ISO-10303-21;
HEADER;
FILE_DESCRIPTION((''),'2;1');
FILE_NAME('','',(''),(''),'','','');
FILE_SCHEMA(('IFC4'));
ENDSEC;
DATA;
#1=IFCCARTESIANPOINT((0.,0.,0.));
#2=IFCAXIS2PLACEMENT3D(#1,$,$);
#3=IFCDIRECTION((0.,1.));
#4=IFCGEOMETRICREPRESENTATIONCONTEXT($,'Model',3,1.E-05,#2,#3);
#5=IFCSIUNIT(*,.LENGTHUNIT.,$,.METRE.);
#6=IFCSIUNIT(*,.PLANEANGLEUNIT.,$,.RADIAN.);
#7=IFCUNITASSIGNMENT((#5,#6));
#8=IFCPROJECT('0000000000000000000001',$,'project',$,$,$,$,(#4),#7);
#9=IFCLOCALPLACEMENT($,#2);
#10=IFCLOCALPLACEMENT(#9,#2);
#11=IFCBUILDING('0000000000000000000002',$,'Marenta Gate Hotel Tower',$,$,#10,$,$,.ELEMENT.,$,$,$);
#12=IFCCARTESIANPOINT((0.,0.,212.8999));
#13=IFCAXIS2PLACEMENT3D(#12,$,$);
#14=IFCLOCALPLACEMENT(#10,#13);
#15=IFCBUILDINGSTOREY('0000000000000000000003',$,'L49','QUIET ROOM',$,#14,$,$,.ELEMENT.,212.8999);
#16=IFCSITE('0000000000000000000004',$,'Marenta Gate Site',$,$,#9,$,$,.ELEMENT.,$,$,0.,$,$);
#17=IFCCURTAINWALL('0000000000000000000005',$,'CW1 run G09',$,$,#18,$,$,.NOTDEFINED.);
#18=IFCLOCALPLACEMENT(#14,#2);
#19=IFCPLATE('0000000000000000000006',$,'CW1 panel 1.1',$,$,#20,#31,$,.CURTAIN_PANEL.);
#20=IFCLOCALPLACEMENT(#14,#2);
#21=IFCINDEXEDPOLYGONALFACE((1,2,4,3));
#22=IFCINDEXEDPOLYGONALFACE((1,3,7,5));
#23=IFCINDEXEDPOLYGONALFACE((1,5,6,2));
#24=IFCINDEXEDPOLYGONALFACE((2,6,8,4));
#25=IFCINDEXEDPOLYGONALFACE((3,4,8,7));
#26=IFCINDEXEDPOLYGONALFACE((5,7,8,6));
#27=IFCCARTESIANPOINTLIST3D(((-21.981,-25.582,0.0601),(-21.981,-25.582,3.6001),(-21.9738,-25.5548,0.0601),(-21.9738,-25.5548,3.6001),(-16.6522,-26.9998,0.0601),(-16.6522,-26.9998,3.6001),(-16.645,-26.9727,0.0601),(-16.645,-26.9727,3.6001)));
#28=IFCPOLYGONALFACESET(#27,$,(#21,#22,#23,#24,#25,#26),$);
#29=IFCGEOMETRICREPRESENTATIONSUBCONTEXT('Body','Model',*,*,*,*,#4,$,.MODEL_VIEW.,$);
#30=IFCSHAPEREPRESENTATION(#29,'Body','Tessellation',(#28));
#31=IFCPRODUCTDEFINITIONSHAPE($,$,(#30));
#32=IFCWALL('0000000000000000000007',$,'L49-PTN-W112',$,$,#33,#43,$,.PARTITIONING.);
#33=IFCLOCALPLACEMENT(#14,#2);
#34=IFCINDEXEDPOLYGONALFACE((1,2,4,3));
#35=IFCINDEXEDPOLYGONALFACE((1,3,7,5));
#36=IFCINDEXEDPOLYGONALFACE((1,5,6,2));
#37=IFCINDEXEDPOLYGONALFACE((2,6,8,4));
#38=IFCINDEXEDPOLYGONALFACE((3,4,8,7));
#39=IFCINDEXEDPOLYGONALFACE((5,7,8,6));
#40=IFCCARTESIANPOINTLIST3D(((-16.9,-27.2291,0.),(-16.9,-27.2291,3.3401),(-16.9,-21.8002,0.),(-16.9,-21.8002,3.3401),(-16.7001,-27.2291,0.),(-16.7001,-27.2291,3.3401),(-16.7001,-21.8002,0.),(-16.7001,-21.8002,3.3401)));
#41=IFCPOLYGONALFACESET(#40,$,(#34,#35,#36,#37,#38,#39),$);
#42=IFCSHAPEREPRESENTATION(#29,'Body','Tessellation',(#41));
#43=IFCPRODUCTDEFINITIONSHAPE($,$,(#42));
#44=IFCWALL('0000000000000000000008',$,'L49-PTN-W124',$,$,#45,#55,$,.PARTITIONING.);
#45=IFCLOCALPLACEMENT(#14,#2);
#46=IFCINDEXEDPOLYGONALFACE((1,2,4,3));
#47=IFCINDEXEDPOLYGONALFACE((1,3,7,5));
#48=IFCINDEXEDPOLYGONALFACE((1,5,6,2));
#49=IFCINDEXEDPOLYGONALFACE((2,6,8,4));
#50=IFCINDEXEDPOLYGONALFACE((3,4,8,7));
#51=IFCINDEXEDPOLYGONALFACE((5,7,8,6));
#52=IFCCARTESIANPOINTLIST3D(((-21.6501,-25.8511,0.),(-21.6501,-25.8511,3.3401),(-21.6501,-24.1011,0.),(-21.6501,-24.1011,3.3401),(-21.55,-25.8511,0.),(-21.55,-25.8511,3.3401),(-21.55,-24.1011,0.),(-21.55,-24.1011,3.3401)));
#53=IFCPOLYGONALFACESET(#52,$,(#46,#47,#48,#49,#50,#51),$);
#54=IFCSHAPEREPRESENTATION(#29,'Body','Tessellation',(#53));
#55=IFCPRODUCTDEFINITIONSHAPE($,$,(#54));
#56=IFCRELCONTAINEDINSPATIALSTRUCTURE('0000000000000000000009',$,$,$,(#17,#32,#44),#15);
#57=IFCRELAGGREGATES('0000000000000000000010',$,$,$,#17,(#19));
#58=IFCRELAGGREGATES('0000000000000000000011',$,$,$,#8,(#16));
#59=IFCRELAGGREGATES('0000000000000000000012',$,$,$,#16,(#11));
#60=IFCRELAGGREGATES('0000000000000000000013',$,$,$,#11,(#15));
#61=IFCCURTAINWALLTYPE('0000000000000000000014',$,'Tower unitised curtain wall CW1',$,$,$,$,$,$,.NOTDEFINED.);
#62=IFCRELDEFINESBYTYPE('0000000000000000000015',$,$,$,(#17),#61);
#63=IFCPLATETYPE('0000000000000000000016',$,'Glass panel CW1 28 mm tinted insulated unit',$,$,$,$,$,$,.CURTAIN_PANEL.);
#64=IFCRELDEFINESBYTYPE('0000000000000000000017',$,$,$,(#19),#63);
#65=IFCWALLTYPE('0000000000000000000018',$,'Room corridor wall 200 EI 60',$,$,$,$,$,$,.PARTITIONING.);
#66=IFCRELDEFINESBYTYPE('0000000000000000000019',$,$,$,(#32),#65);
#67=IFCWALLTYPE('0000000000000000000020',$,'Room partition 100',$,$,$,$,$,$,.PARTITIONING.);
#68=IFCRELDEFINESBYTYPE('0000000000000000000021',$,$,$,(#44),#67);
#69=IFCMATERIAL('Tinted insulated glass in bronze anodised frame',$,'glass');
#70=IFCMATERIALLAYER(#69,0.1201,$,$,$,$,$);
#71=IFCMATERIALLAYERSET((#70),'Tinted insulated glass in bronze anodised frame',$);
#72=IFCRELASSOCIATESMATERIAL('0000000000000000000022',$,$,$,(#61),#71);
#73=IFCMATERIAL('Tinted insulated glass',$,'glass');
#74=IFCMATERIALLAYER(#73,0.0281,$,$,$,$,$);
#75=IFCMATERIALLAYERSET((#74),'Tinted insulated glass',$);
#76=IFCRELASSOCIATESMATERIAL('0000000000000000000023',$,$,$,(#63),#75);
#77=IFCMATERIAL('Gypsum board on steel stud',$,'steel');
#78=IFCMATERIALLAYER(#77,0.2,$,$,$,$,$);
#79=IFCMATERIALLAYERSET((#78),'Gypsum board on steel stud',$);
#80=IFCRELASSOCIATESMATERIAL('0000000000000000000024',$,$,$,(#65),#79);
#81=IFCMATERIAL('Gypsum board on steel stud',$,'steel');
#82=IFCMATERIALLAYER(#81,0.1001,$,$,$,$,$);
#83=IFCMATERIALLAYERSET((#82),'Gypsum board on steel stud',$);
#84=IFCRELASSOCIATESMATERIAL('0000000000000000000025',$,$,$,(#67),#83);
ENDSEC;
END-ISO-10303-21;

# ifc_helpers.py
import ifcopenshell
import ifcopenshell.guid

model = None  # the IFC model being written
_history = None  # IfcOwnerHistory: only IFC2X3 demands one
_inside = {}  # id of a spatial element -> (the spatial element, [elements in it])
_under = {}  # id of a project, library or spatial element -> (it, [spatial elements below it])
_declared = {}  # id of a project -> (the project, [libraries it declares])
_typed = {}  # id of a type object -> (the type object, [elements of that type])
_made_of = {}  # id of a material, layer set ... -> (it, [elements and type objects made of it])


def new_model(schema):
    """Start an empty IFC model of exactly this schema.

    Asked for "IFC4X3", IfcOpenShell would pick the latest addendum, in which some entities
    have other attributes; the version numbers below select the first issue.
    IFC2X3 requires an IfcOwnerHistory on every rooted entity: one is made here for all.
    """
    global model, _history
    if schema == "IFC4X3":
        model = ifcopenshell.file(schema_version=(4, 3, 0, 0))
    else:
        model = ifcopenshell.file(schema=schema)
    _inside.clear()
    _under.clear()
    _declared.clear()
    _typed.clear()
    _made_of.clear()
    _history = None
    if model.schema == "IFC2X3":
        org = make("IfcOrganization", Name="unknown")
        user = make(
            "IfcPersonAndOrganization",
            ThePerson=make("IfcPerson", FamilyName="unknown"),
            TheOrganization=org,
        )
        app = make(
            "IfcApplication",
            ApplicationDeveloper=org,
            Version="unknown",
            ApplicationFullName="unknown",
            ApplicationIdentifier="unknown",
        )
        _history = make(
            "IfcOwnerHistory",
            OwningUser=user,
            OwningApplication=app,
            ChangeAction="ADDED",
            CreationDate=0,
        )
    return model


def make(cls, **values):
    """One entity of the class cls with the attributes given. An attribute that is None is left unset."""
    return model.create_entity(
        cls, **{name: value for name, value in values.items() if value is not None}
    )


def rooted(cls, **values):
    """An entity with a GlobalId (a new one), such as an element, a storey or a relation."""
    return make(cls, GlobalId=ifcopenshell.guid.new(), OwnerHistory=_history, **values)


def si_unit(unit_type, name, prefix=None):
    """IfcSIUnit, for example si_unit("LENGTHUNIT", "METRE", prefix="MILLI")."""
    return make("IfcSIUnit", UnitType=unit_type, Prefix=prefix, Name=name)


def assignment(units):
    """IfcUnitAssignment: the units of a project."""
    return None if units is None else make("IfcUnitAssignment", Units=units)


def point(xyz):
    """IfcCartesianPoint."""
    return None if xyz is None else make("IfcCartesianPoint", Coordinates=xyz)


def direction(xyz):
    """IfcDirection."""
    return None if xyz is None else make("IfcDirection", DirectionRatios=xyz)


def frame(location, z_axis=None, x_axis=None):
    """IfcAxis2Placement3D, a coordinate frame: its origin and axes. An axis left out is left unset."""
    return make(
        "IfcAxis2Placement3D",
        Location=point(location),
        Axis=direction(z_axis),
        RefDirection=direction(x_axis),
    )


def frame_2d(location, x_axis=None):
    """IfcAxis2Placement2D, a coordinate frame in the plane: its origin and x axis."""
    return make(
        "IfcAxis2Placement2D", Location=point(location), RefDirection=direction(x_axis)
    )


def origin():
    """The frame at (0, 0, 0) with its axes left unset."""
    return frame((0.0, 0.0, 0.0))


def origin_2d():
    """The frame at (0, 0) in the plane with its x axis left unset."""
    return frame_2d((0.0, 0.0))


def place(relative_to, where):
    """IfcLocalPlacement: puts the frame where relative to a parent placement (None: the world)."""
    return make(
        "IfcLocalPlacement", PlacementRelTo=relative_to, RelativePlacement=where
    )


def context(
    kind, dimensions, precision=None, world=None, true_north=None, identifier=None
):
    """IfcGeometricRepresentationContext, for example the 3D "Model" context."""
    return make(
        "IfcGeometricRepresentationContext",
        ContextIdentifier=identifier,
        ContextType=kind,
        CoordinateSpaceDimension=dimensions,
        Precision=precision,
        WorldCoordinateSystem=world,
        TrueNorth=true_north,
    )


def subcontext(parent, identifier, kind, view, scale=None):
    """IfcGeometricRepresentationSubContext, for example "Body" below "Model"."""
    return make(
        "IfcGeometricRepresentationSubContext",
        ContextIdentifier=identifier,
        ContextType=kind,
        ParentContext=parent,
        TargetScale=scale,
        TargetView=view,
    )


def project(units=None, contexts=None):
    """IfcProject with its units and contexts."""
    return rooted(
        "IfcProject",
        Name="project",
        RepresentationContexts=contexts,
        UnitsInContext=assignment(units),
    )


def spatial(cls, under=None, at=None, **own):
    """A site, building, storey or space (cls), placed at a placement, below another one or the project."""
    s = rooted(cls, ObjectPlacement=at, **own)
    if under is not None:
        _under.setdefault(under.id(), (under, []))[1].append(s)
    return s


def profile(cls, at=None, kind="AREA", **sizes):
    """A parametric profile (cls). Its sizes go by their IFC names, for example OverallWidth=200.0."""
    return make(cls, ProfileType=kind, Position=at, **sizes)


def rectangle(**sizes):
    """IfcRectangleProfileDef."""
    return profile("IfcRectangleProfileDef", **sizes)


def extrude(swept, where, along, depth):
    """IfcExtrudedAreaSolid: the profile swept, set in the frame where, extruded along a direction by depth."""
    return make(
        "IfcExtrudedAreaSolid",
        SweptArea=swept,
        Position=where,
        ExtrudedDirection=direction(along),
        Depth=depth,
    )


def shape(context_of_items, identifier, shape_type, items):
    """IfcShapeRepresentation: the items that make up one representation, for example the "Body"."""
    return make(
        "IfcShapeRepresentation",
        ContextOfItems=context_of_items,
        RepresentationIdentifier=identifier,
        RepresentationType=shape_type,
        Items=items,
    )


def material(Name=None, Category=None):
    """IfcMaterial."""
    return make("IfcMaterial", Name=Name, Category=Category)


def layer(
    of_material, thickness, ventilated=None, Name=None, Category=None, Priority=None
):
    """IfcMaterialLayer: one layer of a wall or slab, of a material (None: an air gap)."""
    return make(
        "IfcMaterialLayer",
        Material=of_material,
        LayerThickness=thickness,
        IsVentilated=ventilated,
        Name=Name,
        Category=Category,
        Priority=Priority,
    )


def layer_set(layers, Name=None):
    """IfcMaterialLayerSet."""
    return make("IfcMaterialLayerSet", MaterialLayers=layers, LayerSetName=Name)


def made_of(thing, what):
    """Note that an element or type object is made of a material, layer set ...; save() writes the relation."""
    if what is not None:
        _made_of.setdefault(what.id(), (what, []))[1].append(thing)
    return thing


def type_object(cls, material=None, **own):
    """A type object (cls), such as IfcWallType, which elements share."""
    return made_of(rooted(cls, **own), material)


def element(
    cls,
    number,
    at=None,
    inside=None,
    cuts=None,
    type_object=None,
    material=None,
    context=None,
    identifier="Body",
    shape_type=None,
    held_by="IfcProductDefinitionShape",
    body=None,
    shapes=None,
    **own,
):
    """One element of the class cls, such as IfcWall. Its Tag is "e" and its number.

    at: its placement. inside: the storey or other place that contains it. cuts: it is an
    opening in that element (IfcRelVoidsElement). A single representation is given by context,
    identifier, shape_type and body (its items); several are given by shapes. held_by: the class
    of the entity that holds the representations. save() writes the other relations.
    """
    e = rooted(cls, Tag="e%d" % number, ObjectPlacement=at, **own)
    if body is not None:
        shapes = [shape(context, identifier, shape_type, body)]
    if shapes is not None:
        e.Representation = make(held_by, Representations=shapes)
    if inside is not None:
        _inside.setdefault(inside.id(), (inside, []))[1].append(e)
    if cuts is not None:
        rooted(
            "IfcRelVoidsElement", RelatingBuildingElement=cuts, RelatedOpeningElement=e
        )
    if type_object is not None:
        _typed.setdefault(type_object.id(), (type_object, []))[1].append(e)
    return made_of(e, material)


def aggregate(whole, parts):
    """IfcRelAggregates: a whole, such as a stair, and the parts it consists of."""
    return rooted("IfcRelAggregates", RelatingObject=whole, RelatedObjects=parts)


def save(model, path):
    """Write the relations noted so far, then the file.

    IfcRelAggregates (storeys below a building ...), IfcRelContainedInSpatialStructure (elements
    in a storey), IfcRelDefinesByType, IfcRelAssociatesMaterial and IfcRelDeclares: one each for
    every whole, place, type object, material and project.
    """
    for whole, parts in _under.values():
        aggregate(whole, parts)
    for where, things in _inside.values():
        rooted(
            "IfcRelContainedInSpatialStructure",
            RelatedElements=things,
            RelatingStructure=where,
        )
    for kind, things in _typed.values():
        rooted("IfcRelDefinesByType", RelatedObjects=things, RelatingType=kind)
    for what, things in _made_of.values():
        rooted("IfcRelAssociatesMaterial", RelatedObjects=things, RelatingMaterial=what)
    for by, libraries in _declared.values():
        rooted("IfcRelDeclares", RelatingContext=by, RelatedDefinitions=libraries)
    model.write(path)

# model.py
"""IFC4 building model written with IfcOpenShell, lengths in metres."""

from ifc_helpers import new_model, si_unit, direction, frame, frame_2d, origin, origin_2d, place, context, subcontext, project, spatial, rectangle, extrude, material, layer, layer_set, type_object, element, aggregate, save


model = new_model("IFC4")

# Units and contexts
model_context = context("Model", 3, precision=1e-05, world=origin(), true_north=direction((0.0, 1.0)))
body_context = subcontext(model_context, "Body", "Model", "MODEL_VIEW")
ifc_project = project(units=[si_unit("LENGTHUNIT", "METRE"), si_unit("PLANEANGLEUNIT", "RADIAN")], contexts=[model_context])

# Site, building, storey
site_placement = place(None, origin())
site = spatial("IfcSite", under=ifc_project, at=site_placement, Name="Marenta Gate Site", CompositionType="ELEMENT", RefElevation=0.0)
building_placement = place(site_placement, origin())
building = spatial("IfcBuilding", under=site, at=building_placement, Name="Marenta Gate Hotel Tower", CompositionType="ELEMENT")
storey_placement = place(building_placement, frame((0.0, 0.0, 212.8999)))
storey = spatial("IfcBuildingStorey", under=building, at=storey_placement, Name="L49", Description="QUIET ROOM", CompositionType="ELEMENT", Elevation=212.8999)

# Curtain wall, plate
ifc_material_1 = material(Name="Tinted insulated glass in bronze anodised frame", Category="glass")
ifc_layer_1 = layer(ifc_material_1, 0.1201)
ifc_layer_set_1 = layer_set([ifc_layer_1], Name="Tinted insulated glass in bronze anodised frame")
curtain_wall_type = type_object("IfcCurtainWallType", Name="Tower unitised curtain wall CW1", PredefinedType="NOTDEFINED", material=ifc_layer_set_1)
curtain_wall_placement = place(storey_placement, origin())
curtain_wall = element("IfcCurtainWall", 1, at=curtain_wall_placement, inside=storey, type_object=curtain_wall_type, Name="CW1 run G09", PredefinedType="NOTDEFINED")
ifc_material_2 = material(Name="Tinted insulated glass", Category="glass")
ifc_layer_2 = layer(ifc_material_2, 0.0281)
ifc_layer_set_2 = layer_set([ifc_layer_2], Name="Tinted insulated glass")
plate_type = type_object("IfcPlateType", Name="Glass panel CW1 28 mm tinted insulated unit", PredefinedType="CURTAIN_PANEL", material=ifc_layer_set_2)
plate_placement = place(storey_placement, frame((-19.313, -26.2773, 0.0601), z_axis=(0.0, 0.0, 1.0), x_axis=(0.966376, -0.257132, 0.0)))
plate = element("IfcPlate", 2, at=plate_placement, type_object=plate_type, Name="CW1 panel 1.1", PredefinedType="CURTAIN_PANEL", context=body_context, shape_type="SweptSolid", body=[
    extrude(rectangle(XDim=5.5142, YDim=0.0281, at=origin_2d()), origin(), (0.0, 0.0, 1.0), 3.54),
])
aggregate(curtain_wall, [plate])

# Wall
ifc_material_3 = material(Name="Gypsum board on steel stud", Category="steel")
ifc_layer_3 = layer(ifc_material_3, 0.2)
ifc_layer_set_3 = layer_set([ifc_layer_3], Name="Gypsum board on steel stud")
wall_type_1 = type_object("IfcWallType", Name="Room corridor wall 200 EI 60", PredefinedType="PARTITIONING", material=ifc_layer_set_3)
wall_1_placement = place(storey_placement, frame((-16.8, -27.229, 0.0), z_axis=(0.0, 0.0, 1.0), x_axis=(0.0, 1.0, 0.0)))
element("IfcWall", 3, at=wall_1_placement, inside=storey, type_object=wall_type_1, Name="L49-PTN-W112", PredefinedType="PARTITIONING", context=body_context, shape_type="SweptSolid", body=[
    extrude(rectangle(XDim=5.429, YDim=0.2, at=frame_2d((2.7144, 0.0))), origin(), (0.0, 0.0, 1.0), 3.3401),
])

# Wall
ifc_material_4 = material(Name="Gypsum board on steel stud", Category="steel")
ifc_layer_4 = layer(ifc_material_4, 0.1001)
ifc_layer_set_4 = layer_set([ifc_layer_4], Name="Gypsum board on steel stud")
wall_type_2 = type_object("IfcWallType", Name="Room partition 100", PredefinedType="PARTITIONING", material=ifc_layer_set_4)
wall_2_placement = place(storey_placement, frame((-21.6001, -25.8511, 0.0), z_axis=(0.0, 0.0, 1.0), x_axis=(0.0, 1.0, 0.0)))
element("IfcWall", 4, at=wall_2_placement, inside=storey, type_object=wall_type_2, Name="L49-PTN-W124", PredefinedType="PARTITIONING", context=body_context, shape_type="SweptSolid", body=[
    extrude(rectangle(XDim=1.75, YDim=0.1001, at=frame_2d((0.875, 0.0))), origin(), (0.0, 0.0, 1.0), 3.3401),
])

save(model, "model.ifc")
